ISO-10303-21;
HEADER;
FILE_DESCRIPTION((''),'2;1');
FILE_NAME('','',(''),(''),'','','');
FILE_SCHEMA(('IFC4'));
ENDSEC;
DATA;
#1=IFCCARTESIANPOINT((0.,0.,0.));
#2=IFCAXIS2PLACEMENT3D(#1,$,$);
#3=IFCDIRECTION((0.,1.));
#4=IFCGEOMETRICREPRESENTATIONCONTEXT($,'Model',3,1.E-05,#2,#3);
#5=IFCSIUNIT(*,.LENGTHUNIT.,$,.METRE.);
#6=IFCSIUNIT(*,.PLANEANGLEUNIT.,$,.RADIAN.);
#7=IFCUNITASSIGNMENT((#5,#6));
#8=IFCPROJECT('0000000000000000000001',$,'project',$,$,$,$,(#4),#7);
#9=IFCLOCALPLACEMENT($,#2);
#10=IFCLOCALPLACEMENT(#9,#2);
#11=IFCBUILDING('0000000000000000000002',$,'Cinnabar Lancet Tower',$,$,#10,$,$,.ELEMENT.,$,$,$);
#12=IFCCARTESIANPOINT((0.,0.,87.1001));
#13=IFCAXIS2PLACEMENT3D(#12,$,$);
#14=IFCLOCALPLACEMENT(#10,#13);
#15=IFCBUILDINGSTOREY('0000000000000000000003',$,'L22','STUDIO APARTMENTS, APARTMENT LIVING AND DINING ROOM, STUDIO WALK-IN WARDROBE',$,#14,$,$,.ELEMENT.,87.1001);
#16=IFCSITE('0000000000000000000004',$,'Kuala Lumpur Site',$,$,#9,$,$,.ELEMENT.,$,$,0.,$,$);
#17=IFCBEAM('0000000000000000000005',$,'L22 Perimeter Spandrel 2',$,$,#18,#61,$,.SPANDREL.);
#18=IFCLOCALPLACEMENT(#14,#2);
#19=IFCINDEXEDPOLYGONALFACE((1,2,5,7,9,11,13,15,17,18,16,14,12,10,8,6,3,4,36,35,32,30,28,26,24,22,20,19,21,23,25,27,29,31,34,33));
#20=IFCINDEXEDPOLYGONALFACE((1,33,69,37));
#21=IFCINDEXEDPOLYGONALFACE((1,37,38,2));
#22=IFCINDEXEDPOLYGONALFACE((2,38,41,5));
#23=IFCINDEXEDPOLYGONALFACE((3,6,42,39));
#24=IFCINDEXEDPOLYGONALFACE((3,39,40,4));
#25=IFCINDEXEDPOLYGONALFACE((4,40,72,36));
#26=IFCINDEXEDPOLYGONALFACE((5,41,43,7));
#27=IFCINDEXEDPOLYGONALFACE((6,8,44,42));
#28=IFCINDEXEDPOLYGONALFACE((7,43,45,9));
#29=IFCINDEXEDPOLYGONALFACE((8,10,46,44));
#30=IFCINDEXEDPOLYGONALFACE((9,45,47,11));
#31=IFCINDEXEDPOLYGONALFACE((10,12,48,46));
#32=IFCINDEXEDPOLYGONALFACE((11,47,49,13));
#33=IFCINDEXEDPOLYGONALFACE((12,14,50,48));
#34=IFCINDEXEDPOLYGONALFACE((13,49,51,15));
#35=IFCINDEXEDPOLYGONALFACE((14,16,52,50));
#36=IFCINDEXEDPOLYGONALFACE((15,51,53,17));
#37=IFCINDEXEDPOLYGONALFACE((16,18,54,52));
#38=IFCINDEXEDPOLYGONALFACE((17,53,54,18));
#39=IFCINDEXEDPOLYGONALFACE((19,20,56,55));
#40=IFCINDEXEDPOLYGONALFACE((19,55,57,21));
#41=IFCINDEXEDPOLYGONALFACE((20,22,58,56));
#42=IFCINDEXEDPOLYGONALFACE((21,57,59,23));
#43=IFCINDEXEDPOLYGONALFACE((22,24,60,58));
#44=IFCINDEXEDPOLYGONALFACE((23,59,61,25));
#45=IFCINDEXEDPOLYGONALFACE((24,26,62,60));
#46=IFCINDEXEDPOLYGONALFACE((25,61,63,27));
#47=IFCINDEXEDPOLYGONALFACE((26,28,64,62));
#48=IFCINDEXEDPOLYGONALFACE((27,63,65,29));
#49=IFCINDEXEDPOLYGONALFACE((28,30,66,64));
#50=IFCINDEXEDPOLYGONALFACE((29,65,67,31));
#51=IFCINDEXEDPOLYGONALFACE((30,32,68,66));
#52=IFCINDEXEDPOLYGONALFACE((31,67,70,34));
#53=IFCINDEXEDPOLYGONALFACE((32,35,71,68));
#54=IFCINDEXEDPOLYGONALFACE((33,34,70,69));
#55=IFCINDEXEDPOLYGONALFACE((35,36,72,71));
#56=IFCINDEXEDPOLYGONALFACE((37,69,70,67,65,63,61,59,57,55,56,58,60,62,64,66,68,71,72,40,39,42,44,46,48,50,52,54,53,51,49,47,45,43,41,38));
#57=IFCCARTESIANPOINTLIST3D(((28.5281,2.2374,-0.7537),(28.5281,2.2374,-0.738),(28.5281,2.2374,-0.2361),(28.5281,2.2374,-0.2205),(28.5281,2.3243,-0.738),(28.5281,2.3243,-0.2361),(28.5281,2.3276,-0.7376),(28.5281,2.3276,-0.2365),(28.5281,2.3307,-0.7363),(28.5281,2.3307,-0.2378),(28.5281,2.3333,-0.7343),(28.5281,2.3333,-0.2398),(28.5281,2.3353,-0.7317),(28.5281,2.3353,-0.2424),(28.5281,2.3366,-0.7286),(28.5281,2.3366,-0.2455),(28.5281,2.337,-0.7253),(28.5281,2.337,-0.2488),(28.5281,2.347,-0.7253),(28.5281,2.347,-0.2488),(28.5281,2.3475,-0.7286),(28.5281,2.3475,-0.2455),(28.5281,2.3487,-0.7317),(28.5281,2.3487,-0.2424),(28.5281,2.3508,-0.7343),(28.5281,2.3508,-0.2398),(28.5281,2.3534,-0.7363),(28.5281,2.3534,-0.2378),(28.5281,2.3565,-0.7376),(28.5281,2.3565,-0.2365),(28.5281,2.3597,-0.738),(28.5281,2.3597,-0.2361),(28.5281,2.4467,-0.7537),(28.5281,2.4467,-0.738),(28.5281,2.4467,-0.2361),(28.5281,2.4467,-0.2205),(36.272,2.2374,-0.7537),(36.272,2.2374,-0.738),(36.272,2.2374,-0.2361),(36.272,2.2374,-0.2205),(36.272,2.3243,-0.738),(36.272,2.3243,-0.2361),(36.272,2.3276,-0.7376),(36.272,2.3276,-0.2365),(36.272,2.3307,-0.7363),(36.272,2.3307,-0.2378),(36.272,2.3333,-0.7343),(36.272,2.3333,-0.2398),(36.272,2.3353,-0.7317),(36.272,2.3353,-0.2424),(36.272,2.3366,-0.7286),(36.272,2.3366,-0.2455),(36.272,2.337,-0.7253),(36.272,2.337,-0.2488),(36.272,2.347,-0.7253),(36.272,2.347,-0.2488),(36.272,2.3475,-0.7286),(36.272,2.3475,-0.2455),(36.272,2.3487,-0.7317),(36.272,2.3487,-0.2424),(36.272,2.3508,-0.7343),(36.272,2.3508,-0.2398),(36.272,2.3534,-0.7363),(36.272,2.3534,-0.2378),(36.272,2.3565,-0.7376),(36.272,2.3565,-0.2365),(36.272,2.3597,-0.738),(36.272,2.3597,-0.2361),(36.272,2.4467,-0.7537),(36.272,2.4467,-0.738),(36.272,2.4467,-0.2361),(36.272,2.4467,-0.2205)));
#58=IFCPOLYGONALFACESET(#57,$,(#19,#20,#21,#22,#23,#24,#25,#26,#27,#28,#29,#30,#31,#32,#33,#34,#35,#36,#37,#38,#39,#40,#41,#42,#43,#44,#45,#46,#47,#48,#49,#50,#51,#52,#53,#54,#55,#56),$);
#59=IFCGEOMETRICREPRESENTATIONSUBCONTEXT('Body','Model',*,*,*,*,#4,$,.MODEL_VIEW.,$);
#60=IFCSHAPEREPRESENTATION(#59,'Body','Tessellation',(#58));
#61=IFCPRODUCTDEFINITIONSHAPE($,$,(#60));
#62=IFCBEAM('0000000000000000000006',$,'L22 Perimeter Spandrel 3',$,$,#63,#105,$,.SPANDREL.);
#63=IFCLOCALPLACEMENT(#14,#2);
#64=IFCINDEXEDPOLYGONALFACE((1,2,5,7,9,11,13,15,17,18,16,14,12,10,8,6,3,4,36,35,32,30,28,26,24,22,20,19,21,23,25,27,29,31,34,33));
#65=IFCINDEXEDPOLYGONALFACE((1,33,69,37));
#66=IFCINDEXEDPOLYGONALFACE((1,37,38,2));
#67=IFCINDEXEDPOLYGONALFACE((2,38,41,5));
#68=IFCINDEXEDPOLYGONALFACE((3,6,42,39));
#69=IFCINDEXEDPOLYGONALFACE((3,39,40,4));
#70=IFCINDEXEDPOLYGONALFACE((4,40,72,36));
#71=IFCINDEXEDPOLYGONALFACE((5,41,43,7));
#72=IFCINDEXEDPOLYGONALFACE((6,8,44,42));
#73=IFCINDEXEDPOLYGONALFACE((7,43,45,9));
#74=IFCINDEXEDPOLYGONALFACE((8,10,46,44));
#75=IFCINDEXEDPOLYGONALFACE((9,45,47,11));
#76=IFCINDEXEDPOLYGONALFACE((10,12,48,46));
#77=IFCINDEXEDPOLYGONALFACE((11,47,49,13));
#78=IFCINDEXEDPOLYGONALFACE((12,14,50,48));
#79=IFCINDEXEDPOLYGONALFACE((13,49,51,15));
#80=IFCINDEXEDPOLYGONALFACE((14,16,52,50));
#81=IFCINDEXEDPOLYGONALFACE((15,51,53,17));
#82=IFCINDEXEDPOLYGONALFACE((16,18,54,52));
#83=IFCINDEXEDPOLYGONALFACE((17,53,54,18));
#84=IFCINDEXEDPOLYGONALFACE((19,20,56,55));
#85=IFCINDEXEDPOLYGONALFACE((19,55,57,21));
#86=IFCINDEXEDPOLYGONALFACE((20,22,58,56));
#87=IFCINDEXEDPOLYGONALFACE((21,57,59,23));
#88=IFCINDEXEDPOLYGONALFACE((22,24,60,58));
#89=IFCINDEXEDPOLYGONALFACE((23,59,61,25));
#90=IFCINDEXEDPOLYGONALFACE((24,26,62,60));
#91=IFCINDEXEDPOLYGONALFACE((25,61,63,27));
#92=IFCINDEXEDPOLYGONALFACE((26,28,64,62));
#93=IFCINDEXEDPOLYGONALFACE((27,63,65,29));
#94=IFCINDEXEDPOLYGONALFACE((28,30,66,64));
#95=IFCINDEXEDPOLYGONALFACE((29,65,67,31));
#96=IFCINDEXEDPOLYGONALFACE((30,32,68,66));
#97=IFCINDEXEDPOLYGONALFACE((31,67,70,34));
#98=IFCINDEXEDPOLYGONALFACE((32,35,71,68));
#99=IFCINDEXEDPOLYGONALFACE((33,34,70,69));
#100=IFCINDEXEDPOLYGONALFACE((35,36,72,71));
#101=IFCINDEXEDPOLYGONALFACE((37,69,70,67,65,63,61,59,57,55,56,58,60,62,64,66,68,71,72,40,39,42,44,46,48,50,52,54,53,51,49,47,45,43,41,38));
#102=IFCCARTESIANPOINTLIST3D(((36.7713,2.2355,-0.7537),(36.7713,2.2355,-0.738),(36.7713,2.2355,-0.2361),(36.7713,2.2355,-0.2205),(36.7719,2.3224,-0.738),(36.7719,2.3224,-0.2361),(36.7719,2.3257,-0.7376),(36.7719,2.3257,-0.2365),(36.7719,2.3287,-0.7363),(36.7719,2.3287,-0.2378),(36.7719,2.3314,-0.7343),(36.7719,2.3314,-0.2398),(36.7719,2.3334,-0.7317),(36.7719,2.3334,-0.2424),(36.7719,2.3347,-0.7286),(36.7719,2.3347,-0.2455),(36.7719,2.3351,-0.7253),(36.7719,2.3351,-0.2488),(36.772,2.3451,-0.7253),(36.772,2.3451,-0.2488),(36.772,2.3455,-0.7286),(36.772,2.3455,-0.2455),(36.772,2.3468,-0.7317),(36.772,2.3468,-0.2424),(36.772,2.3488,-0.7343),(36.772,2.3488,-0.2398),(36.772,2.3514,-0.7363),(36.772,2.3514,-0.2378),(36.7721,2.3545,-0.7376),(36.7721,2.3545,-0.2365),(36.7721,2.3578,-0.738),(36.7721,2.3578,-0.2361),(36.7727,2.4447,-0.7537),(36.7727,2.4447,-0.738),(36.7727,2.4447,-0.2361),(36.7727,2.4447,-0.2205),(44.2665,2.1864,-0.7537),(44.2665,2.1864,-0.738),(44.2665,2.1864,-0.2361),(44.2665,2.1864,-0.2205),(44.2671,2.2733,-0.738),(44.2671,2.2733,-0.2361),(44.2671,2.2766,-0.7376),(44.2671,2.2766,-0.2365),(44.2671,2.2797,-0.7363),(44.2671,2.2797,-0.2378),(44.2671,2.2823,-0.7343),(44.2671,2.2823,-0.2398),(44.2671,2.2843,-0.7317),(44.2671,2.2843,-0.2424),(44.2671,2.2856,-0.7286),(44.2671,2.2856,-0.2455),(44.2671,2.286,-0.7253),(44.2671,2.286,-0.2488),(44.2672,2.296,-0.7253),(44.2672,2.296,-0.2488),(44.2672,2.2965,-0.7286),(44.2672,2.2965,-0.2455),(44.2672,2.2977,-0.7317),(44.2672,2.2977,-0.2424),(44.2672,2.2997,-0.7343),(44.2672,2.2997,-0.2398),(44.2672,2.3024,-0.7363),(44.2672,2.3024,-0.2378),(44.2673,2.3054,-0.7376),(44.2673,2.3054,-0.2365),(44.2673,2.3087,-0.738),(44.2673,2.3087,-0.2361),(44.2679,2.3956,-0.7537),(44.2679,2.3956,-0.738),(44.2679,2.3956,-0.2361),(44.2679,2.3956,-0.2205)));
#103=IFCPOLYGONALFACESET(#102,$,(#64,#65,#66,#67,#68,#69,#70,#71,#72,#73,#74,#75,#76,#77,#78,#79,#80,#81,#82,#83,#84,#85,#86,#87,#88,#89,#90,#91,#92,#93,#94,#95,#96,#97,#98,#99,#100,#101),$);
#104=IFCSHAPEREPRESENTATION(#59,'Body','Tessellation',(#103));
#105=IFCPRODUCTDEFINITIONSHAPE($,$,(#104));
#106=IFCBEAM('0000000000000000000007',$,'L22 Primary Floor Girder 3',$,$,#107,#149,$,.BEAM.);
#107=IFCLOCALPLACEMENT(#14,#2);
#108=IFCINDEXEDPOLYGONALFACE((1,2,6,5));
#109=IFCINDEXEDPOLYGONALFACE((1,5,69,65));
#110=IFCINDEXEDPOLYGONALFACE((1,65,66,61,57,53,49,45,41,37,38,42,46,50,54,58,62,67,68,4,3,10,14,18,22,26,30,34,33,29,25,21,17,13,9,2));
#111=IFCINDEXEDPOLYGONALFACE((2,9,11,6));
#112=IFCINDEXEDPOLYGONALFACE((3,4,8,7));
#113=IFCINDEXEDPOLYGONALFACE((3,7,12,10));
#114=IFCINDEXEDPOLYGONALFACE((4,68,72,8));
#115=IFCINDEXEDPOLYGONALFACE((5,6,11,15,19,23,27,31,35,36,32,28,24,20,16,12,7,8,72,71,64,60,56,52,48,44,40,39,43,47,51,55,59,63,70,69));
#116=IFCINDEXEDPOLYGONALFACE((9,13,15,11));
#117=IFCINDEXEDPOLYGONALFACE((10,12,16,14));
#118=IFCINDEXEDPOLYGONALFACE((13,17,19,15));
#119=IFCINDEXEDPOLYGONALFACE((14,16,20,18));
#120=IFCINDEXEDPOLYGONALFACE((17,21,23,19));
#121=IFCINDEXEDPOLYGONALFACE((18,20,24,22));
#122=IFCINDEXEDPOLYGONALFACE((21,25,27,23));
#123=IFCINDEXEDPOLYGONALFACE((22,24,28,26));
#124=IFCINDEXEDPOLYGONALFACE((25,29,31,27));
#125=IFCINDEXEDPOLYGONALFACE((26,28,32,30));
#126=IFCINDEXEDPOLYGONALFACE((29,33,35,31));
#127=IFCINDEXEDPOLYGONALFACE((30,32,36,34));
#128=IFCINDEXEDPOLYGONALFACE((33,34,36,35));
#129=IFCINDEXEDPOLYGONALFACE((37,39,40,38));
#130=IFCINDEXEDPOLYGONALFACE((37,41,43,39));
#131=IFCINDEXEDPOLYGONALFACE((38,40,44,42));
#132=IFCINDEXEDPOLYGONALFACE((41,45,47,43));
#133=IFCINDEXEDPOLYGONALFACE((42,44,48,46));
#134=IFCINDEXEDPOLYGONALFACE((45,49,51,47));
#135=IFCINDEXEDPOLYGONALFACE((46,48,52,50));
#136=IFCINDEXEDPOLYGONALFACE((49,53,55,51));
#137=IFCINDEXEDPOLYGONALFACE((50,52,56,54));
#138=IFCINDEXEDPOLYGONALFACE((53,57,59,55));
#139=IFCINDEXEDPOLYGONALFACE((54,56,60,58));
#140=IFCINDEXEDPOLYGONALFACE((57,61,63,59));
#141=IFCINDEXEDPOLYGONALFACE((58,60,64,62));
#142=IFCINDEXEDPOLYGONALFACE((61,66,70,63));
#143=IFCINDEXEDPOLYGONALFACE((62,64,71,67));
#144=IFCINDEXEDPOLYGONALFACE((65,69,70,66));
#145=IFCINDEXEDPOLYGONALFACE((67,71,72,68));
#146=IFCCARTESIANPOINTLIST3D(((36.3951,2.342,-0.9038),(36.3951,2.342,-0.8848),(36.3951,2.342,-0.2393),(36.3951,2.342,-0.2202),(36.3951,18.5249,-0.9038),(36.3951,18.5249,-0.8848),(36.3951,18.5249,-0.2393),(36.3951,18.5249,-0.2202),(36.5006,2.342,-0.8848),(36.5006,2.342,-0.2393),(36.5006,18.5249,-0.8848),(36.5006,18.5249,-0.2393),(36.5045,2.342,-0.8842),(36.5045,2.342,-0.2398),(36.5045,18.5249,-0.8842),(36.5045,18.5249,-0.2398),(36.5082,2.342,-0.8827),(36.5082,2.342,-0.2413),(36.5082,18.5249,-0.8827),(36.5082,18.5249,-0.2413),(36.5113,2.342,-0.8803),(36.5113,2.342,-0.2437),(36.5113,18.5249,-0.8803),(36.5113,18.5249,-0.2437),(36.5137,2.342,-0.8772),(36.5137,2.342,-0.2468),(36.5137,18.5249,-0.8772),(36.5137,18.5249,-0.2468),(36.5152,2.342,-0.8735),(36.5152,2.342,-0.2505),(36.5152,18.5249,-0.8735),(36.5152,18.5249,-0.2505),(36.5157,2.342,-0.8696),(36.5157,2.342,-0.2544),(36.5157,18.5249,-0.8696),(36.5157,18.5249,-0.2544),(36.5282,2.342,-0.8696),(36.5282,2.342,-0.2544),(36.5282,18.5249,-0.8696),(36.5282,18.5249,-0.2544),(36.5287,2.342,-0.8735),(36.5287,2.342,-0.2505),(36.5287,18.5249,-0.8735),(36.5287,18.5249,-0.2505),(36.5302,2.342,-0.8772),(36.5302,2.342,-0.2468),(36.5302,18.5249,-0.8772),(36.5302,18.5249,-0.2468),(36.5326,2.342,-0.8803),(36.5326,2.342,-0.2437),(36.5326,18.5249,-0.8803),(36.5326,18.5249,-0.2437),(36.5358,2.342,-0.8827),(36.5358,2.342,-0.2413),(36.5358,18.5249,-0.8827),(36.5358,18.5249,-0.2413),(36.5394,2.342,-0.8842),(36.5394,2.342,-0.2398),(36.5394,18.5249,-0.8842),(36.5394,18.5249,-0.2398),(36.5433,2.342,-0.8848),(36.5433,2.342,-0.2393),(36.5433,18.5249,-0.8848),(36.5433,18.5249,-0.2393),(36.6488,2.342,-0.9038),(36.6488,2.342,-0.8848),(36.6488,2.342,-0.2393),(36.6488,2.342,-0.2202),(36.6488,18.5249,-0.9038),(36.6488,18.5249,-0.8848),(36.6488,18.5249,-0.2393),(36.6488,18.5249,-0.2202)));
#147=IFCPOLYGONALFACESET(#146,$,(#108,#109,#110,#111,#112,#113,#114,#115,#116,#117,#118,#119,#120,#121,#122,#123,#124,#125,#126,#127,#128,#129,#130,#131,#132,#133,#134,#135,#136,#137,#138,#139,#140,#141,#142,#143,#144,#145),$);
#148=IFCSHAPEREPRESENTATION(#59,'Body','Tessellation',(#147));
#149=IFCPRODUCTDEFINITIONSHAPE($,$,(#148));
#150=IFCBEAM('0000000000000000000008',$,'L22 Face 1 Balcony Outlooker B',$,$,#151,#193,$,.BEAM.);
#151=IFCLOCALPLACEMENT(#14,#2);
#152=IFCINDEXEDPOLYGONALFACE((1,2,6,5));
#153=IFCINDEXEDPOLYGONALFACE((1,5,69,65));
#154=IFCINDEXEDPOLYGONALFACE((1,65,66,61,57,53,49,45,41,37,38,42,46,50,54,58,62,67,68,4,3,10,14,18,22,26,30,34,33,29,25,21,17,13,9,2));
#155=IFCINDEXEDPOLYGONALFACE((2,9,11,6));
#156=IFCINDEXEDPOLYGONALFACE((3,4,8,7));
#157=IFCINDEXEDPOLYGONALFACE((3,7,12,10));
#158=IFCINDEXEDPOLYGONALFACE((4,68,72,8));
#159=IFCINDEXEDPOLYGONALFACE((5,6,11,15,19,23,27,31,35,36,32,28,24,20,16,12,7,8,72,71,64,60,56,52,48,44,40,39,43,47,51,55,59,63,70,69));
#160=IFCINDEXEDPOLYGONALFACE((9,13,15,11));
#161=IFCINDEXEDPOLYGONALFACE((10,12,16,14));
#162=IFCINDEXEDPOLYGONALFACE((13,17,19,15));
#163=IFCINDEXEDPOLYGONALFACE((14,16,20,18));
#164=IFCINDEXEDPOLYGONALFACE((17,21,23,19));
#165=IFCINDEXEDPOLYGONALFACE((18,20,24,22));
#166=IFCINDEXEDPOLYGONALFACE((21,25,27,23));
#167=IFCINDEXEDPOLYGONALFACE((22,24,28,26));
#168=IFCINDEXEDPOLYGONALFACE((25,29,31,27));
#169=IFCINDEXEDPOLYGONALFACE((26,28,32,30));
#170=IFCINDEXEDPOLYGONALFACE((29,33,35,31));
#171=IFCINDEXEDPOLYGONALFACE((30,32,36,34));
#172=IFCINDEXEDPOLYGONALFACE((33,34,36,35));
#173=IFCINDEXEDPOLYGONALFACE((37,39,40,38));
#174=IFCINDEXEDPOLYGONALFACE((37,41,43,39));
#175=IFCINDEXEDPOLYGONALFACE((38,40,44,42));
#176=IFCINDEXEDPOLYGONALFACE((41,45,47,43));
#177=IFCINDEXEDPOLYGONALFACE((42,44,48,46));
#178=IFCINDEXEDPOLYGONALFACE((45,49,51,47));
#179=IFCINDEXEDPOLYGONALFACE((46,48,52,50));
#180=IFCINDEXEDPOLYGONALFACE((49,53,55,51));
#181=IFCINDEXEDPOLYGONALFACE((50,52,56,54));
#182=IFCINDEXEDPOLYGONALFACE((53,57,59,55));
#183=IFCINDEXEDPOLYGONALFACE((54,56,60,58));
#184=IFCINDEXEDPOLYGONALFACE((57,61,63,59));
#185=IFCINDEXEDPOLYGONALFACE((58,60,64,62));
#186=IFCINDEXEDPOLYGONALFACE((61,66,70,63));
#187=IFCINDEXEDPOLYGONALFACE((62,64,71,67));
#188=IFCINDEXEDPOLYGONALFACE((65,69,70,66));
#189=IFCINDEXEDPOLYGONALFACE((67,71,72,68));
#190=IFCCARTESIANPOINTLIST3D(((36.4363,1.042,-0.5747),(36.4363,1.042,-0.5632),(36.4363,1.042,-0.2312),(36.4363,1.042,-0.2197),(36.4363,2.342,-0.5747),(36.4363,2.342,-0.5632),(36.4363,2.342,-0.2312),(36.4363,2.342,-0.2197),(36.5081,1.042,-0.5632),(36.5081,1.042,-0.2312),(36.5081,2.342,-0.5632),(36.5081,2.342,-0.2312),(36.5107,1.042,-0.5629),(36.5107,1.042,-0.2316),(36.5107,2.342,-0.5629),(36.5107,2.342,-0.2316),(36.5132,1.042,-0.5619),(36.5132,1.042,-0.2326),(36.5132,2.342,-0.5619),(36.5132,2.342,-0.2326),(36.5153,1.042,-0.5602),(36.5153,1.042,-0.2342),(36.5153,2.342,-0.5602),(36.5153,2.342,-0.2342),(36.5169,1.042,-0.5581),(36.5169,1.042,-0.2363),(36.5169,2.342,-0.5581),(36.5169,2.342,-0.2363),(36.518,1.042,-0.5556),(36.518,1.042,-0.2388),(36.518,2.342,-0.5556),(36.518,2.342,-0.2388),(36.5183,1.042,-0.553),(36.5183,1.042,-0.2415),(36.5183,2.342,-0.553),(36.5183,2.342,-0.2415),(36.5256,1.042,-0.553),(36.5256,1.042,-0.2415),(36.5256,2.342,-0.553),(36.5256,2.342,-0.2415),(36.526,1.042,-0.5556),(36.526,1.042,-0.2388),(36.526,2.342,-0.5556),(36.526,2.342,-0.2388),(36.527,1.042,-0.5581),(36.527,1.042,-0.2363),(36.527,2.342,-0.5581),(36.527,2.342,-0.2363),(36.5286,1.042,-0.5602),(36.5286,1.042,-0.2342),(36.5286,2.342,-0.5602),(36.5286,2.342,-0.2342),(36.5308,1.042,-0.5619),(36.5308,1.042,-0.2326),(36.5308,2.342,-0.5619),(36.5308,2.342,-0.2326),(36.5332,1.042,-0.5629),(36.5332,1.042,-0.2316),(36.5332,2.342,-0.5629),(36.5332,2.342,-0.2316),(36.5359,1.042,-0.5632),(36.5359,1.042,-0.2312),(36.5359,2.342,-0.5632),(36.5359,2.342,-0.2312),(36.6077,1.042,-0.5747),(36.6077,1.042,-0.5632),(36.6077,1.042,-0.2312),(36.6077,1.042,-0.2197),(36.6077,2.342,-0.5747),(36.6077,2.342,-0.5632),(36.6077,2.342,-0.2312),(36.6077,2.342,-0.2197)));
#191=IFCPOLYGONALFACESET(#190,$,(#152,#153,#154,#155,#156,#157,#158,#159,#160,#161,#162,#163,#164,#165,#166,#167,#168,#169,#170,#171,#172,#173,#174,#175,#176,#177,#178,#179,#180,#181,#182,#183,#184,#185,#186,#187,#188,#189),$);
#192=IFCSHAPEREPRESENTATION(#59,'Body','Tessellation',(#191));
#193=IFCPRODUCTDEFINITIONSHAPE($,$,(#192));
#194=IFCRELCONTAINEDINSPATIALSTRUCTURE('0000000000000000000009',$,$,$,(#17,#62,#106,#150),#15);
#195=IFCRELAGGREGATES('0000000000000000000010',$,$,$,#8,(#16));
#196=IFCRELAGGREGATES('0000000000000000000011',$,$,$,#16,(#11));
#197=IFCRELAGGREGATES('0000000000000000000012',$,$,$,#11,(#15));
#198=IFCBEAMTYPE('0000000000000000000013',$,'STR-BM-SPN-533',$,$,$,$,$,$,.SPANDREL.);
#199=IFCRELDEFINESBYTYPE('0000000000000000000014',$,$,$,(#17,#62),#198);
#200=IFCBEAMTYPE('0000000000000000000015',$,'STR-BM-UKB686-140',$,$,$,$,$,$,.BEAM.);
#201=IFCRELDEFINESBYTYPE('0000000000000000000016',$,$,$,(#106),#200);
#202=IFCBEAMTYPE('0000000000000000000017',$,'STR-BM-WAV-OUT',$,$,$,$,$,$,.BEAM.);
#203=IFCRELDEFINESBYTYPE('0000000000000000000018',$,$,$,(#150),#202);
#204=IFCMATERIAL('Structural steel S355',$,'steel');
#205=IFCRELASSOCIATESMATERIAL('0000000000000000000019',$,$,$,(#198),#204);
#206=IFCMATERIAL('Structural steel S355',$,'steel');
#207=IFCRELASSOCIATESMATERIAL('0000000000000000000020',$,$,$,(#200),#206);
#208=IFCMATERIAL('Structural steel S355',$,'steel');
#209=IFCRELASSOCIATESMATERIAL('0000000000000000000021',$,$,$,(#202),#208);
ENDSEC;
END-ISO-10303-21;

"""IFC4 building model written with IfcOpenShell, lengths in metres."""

from ifc_helpers import new_model, si_unit, direction, frame, origin, origin_2d, place, context, subcontext, project, spatial, i_section, extrude, material, material_profile, profile_set, type_object, element, save


model = new_model("IFC4")

# Units and contexts
model_context = context("Model", 3, precision=1e-05, world=origin(), true_north=direction((0.0, 1.0)))
body_context = subcontext(model_context, "Body", "Model", "MODEL_VIEW")
ifc_project = project(units=[si_unit("LENGTHUNIT", "METRE"), si_unit("PLANEANGLEUNIT", "RADIAN")], contexts=[model_context])

# Site, building, storey
site_placement = place(None, origin())
site = spatial("IfcSite", under=ifc_project, at=site_placement, Name="Kuala Lumpur Site", CompositionType="ELEMENT", RefElevation=0.0)
building_placement = place(site_placement, origin())
building = spatial("IfcBuilding", under=site, at=building_placement, Name="Cinnabar Lancet Tower", CompositionType="ELEMENT")
storey_placement = place(building_placement, frame((0.0, 0.0, 87.1001)))
storey = spatial("IfcBuildingStorey", under=building, at=storey_placement, Name="L22", Description="STUDIO APARTMENTS, APARTMENT LIVING AND DINING ROOM, STUDIO WALK-IN WARDROBE", CompositionType="ELEMENT", Elevation=87.1001)

# Beams
ifc_material_1 = material(Name="Structural steel S355", Category="steel")
ifc_material_profile_1 = material_profile(ifc_material_1, i_section(OverallWidth=0.2092, OverallDepth=0.5332, WebThickness=0.01, FlangeThickness=0.0156, FilletRadius=0.0127, at=origin_2d()), Name="UKB 533x210x92")
ifc_profile_set_1 = profile_set([ifc_material_profile_1], Name="Structural steel S355")
beam_type_1 = type_object("IfcBeamType", Name="STR-BM-SPN-533", PredefinedType="SPANDREL", material=ifc_profile_set_1)
beam_1_placement = place(storey_placement, frame((28.5281, 2.342, -0.4871), z_axis=(1.0, 0.0, 0.0), x_axis=(0.0, 1.0, 0.0)))
element("IfcBeam", 1, at=beam_1_placement, inside=storey, type_object=beam_type_1, Name="L22 Perimeter Spandrel 2", PredefinedType="SPANDREL", context=body_context, shape_type="SweptSolid", body=[
    extrude(i_section(OverallWidth=0.2092, OverallDepth=0.5332, WebThickness=0.01, FlangeThickness=0.0156, FilletRadius=0.0127, at=origin_2d()), origin(), (0.0, 0.0, 1.0), 7.7439),
])
beam_2_placement = place(storey_placement, frame((36.772, 2.3401, -0.4871), z_axis=(0.999979, -0.006547, 0.0), x_axis=(0.006547, 0.999979, 0.0)))
element("IfcBeam", 2, at=beam_2_placement, inside=storey, type_object=beam_type_1, Name="L22 Perimeter Spandrel 3", PredefinedType="SPANDREL", context=body_context, shape_type="SweptSolid", body=[
    extrude(i_section(OverallWidth=0.2092, OverallDepth=0.5332, WebThickness=0.01, FlangeThickness=0.0156, FilletRadius=0.0127, at=origin_2d()), origin(), (0.0, 0.0, 1.0), 7.4954),
])
ifc_material_2 = material(Name="Structural steel S355", Category="steel")
ifc_material_profile_2 = material_profile(ifc_material_2, i_section(OverallWidth=0.2537, OverallDepth=0.6836, WebThickness=0.0125, FlangeThickness=0.019, FilletRadius=0.0151, at=origin_2d()), Name="UKB 686x254x140")
ifc_profile_set_2 = profile_set([ifc_material_profile_2], Name="Structural steel S355")
beam_type_2 = type_object("IfcBeamType", Name="STR-BM-UKB686-140", PredefinedType="BEAM", material=ifc_profile_set_2)
beam_3_placement = place(storey_placement, frame((36.522, 2.342, -0.562), z_axis=(0.0, 1.0, 0.0), x_axis=(-1.0, 0.0, 0.0)))
element("IfcBeam", 3, at=beam_3_placement, inside=storey, type_object=beam_type_2, Name="L22 Primary Floor Girder 3", PredefinedType="BEAM", context=body_context, shape_type="SweptSolid", body=[
    extrude(i_section(OverallWidth=0.2537, OverallDepth=0.6836, WebThickness=0.0125, FlangeThickness=0.019, FilletRadius=0.0151, at=origin_2d()), origin(), (0.0, 0.0, 1.0), 16.1829),
])
ifc_material_3 = material(Name="Structural steel S355", Category="steel")
ifc_material_profile_3 = material_profile(ifc_material_3, i_section(OverallWidth=0.1714, OverallDepth=0.355, WebThickness=0.0073, FlangeThickness=0.0115, FilletRadius=0.0103, at=origin_2d()), Name="UKB 356x171x51")
ifc_profile_set_3 = profile_set([ifc_material_profile_3], Name="Structural steel S355")
beam_type_3 = type_object("IfcBeamType", Name="STR-BM-WAV-OUT", PredefinedType="BEAM", material=ifc_profile_set_3)
beam_4_placement = place(storey_placement, frame((36.522, 2.342, -0.3972), z_axis=(0.0, -1.0, 0.0), x_axis=(1.0, 0.0, 0.0)))
element("IfcBeam", 4, at=beam_4_placement, inside=storey, type_object=beam_type_3, Name="L22 Face 1 Balcony Outlooker B", PredefinedType="BEAM", context=body_context, shape_type="SweptSolid", body=[
    extrude(i_section(OverallWidth=0.1714, OverallDepth=0.355, WebThickness=0.0073, FlangeThickness=0.0115, FilletRadius=0.0103, at=origin_2d()), origin(), (0.0, 0.0, 1.0), 1.3),
])

save(model, "model.ifc")
